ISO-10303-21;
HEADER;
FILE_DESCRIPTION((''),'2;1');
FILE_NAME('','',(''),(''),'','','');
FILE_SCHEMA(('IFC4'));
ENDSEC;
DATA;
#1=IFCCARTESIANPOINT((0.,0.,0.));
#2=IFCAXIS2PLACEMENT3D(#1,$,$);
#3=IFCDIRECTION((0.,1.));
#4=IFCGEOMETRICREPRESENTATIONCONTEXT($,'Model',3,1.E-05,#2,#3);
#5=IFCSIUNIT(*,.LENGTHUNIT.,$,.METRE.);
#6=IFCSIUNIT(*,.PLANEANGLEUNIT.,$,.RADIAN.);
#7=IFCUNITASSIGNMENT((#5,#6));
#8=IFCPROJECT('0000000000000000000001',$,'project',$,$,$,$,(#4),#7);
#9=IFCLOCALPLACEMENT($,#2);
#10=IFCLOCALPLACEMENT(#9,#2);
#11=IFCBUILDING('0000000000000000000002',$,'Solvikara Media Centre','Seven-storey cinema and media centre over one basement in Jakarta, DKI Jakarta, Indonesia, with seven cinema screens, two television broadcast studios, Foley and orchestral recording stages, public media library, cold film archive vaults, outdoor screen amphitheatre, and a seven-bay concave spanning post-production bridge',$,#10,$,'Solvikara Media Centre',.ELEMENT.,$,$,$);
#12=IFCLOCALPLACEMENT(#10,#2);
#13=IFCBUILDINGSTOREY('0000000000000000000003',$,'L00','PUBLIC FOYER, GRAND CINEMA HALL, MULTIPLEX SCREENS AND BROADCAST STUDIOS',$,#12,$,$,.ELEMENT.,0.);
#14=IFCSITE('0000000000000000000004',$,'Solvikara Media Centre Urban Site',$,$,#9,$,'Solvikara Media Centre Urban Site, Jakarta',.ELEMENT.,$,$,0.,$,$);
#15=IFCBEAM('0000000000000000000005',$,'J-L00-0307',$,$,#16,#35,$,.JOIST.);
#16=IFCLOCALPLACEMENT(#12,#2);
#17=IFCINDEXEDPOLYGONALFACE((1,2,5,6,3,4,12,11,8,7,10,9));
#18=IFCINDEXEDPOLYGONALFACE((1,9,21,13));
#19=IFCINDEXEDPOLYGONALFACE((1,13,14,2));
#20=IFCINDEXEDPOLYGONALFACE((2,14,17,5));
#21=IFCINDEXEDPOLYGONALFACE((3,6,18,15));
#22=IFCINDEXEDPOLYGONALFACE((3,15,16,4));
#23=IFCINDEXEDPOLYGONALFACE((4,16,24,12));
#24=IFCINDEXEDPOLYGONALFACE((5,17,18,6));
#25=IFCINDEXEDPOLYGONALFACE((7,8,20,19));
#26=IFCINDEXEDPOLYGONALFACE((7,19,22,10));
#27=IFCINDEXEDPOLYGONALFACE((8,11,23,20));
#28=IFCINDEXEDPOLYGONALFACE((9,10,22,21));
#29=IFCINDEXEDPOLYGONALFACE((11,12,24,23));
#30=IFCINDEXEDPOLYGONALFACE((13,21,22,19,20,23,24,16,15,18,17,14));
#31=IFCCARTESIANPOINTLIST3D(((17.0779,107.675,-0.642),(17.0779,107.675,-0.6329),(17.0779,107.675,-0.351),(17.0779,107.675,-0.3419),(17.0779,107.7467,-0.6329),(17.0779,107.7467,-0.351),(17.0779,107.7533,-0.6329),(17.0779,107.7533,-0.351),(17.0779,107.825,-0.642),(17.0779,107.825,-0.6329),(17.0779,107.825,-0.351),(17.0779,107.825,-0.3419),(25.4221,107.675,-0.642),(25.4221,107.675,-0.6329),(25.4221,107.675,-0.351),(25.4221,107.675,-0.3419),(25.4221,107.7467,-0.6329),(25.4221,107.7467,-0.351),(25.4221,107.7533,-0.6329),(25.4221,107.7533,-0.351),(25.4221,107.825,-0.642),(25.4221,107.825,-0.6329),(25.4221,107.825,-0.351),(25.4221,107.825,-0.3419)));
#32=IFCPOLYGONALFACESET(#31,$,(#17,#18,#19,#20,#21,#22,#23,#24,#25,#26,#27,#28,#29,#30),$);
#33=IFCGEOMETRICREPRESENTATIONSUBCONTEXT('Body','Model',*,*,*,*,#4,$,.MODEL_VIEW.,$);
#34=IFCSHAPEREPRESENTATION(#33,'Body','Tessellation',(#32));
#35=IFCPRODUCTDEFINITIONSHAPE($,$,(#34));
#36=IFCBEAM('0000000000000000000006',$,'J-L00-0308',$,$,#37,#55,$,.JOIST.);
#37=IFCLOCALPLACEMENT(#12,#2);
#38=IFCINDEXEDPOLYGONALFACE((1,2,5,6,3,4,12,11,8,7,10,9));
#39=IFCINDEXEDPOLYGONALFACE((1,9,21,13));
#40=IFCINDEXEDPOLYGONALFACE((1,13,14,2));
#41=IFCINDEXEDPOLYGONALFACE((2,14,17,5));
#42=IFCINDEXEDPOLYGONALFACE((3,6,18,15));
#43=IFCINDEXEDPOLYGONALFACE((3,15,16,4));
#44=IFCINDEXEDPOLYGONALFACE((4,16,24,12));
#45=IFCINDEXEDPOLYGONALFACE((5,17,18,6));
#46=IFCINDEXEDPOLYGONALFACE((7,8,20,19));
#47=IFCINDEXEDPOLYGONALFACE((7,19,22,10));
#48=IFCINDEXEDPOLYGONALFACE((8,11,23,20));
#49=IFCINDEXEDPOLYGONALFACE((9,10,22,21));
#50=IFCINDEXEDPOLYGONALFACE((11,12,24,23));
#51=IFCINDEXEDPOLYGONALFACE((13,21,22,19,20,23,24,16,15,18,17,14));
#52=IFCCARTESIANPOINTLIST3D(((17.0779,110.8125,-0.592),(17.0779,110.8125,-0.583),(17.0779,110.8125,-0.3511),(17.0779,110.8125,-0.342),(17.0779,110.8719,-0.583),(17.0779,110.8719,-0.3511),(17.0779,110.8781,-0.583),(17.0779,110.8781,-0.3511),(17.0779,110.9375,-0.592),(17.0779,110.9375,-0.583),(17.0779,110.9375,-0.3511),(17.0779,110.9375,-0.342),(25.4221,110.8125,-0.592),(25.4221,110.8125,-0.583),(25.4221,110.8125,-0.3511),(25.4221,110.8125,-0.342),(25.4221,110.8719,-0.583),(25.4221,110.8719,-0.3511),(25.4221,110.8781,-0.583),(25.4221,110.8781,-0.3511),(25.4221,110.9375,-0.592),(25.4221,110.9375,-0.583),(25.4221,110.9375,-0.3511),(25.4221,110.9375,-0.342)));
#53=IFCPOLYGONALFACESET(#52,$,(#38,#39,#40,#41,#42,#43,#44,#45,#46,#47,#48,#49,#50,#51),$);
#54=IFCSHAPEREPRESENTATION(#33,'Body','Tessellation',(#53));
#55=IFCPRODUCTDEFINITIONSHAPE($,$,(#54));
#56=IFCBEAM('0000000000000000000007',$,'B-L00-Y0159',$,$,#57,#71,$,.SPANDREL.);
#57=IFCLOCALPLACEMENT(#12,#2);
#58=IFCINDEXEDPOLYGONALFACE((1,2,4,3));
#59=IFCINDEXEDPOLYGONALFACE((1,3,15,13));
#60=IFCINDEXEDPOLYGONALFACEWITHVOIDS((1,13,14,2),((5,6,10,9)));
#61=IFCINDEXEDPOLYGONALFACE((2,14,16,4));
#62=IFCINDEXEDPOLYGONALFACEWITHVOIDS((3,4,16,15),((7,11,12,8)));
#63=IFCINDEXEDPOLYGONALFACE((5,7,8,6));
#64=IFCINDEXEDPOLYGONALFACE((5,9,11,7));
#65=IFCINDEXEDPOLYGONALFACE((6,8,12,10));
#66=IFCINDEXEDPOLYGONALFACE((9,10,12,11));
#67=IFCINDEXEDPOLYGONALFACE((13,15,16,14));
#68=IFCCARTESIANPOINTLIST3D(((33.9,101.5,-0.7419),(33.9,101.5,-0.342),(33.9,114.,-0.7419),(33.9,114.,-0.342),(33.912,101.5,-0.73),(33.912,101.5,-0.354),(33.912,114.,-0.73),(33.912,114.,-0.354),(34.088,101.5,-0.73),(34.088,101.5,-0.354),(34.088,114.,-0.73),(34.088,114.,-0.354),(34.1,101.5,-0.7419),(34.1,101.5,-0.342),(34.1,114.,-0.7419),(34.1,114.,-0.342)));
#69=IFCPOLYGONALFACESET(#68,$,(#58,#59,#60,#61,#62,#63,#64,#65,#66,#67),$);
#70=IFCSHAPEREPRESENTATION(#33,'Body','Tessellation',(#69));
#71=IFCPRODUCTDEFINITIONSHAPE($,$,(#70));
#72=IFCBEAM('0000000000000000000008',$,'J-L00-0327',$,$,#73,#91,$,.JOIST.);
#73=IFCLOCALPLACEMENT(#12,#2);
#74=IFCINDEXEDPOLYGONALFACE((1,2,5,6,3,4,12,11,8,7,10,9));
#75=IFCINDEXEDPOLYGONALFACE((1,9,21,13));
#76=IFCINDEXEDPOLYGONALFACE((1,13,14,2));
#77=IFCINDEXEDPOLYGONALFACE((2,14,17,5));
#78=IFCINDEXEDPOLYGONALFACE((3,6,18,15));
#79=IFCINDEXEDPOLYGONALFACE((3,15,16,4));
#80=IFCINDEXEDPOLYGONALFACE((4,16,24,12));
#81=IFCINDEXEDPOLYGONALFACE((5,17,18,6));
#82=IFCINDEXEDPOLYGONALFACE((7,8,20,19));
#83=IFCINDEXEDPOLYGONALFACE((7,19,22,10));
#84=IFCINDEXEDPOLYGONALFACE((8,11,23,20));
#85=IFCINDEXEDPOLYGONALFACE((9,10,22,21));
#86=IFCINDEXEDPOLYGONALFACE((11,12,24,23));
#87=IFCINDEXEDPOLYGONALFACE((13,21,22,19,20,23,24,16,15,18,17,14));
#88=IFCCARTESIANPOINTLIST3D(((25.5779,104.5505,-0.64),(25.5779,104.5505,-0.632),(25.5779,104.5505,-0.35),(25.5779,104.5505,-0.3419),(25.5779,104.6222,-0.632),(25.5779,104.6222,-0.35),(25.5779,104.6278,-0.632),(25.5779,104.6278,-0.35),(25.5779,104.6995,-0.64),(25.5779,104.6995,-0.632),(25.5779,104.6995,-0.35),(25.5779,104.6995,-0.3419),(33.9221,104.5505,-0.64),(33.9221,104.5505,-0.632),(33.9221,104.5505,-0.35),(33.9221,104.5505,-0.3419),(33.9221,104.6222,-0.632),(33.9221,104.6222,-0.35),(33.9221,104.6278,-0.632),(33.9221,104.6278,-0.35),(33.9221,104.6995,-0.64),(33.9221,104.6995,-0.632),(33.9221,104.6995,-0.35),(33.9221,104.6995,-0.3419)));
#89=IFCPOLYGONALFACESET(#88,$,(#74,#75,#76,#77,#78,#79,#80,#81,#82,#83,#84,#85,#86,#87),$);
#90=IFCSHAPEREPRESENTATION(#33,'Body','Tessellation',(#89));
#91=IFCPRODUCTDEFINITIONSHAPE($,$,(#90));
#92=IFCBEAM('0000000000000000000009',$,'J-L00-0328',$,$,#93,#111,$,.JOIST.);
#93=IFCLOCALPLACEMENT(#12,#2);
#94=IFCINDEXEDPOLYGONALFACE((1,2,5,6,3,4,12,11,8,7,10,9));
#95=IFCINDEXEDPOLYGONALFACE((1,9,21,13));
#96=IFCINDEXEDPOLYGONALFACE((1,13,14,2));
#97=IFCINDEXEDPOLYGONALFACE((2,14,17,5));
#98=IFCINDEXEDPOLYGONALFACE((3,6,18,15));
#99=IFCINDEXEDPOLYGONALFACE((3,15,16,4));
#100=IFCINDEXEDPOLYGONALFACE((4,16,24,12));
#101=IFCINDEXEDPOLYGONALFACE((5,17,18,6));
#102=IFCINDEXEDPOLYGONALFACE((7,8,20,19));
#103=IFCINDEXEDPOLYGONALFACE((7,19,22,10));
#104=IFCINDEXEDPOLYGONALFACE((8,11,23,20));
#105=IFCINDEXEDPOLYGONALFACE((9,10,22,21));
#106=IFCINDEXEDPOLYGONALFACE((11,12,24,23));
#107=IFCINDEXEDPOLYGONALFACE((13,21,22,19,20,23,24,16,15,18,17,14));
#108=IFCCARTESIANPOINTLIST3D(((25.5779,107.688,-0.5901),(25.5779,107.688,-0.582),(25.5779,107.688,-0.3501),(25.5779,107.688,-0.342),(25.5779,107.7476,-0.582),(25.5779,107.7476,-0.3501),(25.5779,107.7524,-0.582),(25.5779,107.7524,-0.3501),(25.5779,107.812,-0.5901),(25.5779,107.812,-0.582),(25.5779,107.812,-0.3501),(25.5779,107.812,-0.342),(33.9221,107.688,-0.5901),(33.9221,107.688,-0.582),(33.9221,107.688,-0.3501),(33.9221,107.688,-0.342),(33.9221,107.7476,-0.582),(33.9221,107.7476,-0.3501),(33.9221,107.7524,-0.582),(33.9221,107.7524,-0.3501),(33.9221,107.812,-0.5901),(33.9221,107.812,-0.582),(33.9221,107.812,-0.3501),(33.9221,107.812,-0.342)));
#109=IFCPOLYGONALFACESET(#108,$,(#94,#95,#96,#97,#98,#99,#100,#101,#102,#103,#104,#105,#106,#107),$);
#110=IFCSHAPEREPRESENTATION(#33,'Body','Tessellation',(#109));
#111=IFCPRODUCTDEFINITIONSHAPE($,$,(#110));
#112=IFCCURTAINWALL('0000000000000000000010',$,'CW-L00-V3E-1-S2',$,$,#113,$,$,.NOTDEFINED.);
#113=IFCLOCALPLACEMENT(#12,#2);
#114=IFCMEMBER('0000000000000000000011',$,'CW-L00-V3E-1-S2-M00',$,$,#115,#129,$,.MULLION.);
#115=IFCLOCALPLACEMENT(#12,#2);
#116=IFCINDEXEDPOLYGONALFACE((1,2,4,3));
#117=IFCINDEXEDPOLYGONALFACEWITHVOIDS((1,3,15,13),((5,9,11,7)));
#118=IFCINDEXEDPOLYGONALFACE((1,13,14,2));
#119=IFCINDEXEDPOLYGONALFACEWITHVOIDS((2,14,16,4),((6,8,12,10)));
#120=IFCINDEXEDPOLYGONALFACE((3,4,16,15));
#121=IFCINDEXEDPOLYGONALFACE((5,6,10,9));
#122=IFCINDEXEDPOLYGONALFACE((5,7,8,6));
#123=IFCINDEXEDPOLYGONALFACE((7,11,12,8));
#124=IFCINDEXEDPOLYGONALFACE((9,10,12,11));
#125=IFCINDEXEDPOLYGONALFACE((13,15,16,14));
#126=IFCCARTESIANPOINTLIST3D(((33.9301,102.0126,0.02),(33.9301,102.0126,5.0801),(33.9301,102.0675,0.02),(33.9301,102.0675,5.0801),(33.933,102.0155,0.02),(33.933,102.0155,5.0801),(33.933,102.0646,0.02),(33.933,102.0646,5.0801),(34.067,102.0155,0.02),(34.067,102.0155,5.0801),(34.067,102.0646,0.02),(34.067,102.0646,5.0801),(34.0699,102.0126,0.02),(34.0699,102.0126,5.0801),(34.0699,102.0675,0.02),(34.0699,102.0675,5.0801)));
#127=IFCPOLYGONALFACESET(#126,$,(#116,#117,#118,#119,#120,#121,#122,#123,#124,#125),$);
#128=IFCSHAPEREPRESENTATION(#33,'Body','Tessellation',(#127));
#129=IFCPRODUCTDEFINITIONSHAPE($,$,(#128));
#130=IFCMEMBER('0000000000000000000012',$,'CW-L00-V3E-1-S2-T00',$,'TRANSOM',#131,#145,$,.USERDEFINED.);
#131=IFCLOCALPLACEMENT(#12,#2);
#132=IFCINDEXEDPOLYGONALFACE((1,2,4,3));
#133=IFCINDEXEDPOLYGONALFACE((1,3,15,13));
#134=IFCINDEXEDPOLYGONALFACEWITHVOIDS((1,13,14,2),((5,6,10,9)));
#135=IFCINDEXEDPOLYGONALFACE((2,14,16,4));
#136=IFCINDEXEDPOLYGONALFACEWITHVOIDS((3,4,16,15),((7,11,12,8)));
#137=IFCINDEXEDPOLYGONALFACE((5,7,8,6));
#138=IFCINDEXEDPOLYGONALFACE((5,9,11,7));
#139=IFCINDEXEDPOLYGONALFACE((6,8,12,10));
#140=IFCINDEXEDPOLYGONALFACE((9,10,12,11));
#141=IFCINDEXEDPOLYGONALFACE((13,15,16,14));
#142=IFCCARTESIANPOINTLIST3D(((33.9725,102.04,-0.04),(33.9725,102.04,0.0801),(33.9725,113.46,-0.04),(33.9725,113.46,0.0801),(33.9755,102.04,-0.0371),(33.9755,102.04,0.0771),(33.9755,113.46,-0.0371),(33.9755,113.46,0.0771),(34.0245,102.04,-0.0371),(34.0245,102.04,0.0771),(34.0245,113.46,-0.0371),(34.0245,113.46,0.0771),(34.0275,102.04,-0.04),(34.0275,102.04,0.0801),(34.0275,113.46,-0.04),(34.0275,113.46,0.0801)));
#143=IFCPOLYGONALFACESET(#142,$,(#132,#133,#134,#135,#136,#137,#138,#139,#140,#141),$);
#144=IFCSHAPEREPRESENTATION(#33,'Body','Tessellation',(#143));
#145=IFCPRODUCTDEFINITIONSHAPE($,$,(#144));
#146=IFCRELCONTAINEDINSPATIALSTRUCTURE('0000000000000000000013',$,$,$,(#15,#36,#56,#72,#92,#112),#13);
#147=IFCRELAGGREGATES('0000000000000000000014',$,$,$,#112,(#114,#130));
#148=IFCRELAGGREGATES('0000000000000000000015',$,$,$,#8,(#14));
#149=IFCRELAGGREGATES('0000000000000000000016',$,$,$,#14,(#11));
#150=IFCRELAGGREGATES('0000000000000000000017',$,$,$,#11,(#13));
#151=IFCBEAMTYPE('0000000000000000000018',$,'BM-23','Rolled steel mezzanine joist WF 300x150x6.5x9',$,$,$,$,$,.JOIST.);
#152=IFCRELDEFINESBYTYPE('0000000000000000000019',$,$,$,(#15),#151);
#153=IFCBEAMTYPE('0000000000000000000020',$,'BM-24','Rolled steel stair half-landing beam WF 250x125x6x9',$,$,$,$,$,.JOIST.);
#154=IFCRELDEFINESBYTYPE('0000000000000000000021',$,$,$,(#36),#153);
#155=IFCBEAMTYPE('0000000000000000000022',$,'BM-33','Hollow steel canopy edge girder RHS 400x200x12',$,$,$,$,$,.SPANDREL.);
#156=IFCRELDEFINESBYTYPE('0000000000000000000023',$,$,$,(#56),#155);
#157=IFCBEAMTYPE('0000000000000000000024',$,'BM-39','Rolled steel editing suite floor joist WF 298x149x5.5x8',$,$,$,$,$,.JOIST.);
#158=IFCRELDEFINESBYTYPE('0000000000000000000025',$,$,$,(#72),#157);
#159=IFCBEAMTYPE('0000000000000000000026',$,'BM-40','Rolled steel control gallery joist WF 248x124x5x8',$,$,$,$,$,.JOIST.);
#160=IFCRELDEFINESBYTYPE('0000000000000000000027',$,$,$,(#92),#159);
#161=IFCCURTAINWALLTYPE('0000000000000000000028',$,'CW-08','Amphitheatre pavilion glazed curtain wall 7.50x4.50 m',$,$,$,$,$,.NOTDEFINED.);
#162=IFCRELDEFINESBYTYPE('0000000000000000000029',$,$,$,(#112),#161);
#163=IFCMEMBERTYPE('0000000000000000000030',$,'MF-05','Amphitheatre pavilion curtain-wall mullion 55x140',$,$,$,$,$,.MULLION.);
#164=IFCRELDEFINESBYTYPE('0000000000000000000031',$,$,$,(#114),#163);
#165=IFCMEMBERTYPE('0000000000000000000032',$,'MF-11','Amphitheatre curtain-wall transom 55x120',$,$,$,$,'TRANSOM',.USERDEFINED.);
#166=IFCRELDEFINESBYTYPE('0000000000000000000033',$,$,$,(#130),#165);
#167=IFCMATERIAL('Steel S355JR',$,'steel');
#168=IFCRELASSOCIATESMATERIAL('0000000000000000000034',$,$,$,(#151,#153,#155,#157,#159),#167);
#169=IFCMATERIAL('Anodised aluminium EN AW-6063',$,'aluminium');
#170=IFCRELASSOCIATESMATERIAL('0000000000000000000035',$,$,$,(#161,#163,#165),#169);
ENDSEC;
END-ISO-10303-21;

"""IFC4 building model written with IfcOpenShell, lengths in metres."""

from ifc_helpers import new_model, si_unit, direction, frame, origin, origin_2d, place, context, subcontext, project, spatial, hollow_rectangle, i_section, extrude, material, material_profile, profile_set, type_object, element, aggregate, save


model = new_model("IFC4")

# Units and contexts
model_context = context("Model", 3, precision=1e-05, world=origin(), true_north=direction((0.0, 1.0)))
body_context = subcontext(model_context, "Body", "Model", "MODEL_VIEW")
ifc_project = project(units=[si_unit("LENGTHUNIT", "METRE"), si_unit("PLANEANGLEUNIT", "RADIAN")], contexts=[model_context])

# Site, building, storey
site_placement = place(None, origin())
site = spatial("IfcSite", under=ifc_project, at=site_placement, Name="Solvikara Media Centre Urban Site", LongName="Solvikara Media Centre Urban Site, Jakarta", CompositionType="ELEMENT", RefElevation=0.0)
building_placement = place(site_placement, origin())
building = spatial("IfcBuilding", under=site, at=building_placement, Name="Solvikara Media Centre", Description="Seven-storey cinema and media centre over one basement in Jakarta, DKI Jakarta, Indonesia, with seven cinema screens, two television broadcast studios, Foley and orchestral recording stages, public media library, cold film archive vaults, outdoor screen amphitheatre, and a seven-bay concave spanning post-production bridge", LongName="Solvikara Media Centre", CompositionType="ELEMENT")
storey_placement = place(building_placement, origin())
storey = spatial("IfcBuildingStorey", under=building, at=storey_placement, Name="L00", Description="PUBLIC FOYER, GRAND CINEMA HALL, MULTIPLEX SCREENS AND BROADCAST STUDIOS", CompositionType="ELEMENT", Elevation=0.0)

# Beams
ifc_material_1 = material(Name="Steel S355JR", Category="steel")
ifc_material_profile_1 = material_profile(ifc_material_1, i_section(OverallWidth=0.1499, OverallDepth=0.3, WebThickness=0.0066, FlangeThickness=0.009, at=origin_2d()), Name="WF 300x150x6.5x9")
ifc_profile_set_1 = profile_set([ifc_material_profile_1], Name="Steel S355JR")
beam_type_1 = type_object("IfcBeamType", Name="BM-23", Description="Rolled steel mezzanine joist WF 300x150x6.5x9", PredefinedType="JOIST", material=ifc_profile_set_1)
beam_1_placement = place(storey_placement, frame((17.0779, 107.75, -0.4919), z_axis=(1.0, 0.0, 0.0), x_axis=(0.0, 1.0, 0.0)))
element("IfcBeam", 1, at=beam_1_placement, inside=storey, type_object=beam_type_1, Name="J-L00-0307", PredefinedType="JOIST", context=body_context, shape_type="SweptSolid", body=[
    extrude(i_section(OverallWidth=0.1499, OverallDepth=0.3, WebThickness=0.0066, FlangeThickness=0.009, at=origin_2d()), origin(), (0.0, 0.0, 1.0), 8.3442),
])
ifc_material_profile_2 = material_profile(ifc_material_1, i_section(OverallWidth=0.125, OverallDepth=0.25, WebThickness=0.0061, FlangeThickness=0.009, at=origin_2d()), Name="WF 250x125x6x9")
ifc_profile_set_2 = profile_set([ifc_material_profile_2], Name="Steel S355JR")
beam_type_2 = type_object("IfcBeamType", Name="BM-24", Description="Rolled steel stair half-landing beam WF 250x125x6x9", PredefinedType="JOIST", material=ifc_profile_set_2)
beam_2_placement = place(storey_placement, frame((17.0779, 110.875, -0.467), z_axis=(1.0, 0.0, 0.0), x_axis=(0.0, 1.0, 0.0)))
element("IfcBeam", 2, at=beam_2_placement, inside=storey, type_object=beam_type_2, Name="J-L00-0308", PredefinedType="JOIST", context=body_context, shape_type="SweptSolid", body=[
    extrude(i_section(OverallWidth=0.125, OverallDepth=0.25, WebThickness=0.0061, FlangeThickness=0.009, at=origin_2d()), origin(), (0.0, 0.0, 1.0), 8.3442),
])
ifc_material_profile_3 = material_profile(ifc_material_1, hollow_rectangle(XDim=0.2, YDim=0.3999, WallThickness=0.012, at=origin_2d()), Name="RHS 400x200x12")
ifc_profile_set_3 = profile_set([ifc_material_profile_3], Name="Steel S355JR")
beam_type_3 = type_object("IfcBeamType", Name="BM-33", Description="Hollow steel canopy edge girder RHS 400x200x12", PredefinedType="SPANDREL", material=ifc_profile_set_3)
beam_3_placement = place(storey_placement, frame((34.0, 101.5, -0.542), z_axis=(0.0, 1.0, 0.0), x_axis=(-1.0, 0.0, 0.0)))
element("IfcBeam", 3, at=beam_3_placement, inside=storey, type_object=beam_type_3, Name="B-L00-Y0159", PredefinedType="SPANDREL", context=body_context, shape_type="SweptSolid", body=[
    extrude(hollow_rectangle(XDim=0.2, YDim=0.3999, WallThickness=0.012, at=origin_2d()), origin(), (0.0, 0.0, 1.0), 12.5),
])
ifc_material_profile_4 = material_profile(ifc_material_1, i_section(OverallWidth=0.1489, OverallDepth=0.2981, WebThickness=0.0056, FlangeThickness=0.0081, at=origin_2d()), Name="WF 298x149x5.5x8")
ifc_profile_set_4 = profile_set([ifc_material_profile_4], Name="Steel S355JR")
beam_type_4 = type_object("IfcBeamType", Name="BM-39", Description="Rolled steel editing suite floor joist WF 298x149x5.5x8", PredefinedType="JOIST", material=ifc_profile_set_4)
beam_4_placement = place(storey_placement, frame((25.5779, 104.625, -0.491), z_axis=(1.0, 0.0, 0.0), x_axis=(0.0, 1.0, 0.0)))
element("IfcBeam", 4, at=beam_4_placement, inside=storey, type_object=beam_type_4, Name="J-L00-0327", PredefinedType="JOIST", context=body_context, shape_type="SweptSolid", body=[
    extrude(i_section(OverallWidth=0.1489, OverallDepth=0.2981, WebThickness=0.0056, FlangeThickness=0.0081, at=origin_2d()), origin(), (0.0, 0.0, 1.0), 8.3442),
])
ifc_material_profile_5 = material_profile(ifc_material_1, i_section(OverallWidth=0.124, OverallDepth=0.248, WebThickness=0.0049, FlangeThickness=0.0081, at=origin_2d()), Name="WF 248x124x5x8")
ifc_profile_set_5 = profile_set([ifc_material_profile_5], Name="Steel S355JR")
beam_type_5 = type_object("IfcBeamType", Name="BM-40", Description="Rolled steel control gallery joist WF 248x124x5x8", PredefinedType="JOIST", material=ifc_profile_set_5)
beam_5_placement = place(storey_placement, frame((25.5779, 107.75, -0.4661), z_axis=(1.0, 0.0, 0.0), x_axis=(0.0, 1.0, 0.0)))
element("IfcBeam", 5, at=beam_5_placement, inside=storey, type_object=beam_type_5, Name="J-L00-0328", PredefinedType="JOIST", context=body_context, shape_type="SweptSolid", body=[
    extrude(i_section(OverallWidth=0.124, OverallDepth=0.248, WebThickness=0.0049, FlangeThickness=0.0081, at=origin_2d()), origin(), (0.0, 0.0, 1.0), 8.3442),
])

# Curtain wall, members
ifc_material_2 = material(Name="Anodised aluminium EN AW-6063", Category="aluminium")
curtain_wall_type = type_object("IfcCurtainWallType", Name="CW-08", Description="Amphitheatre pavilion glazed curtain wall 7.50x4.50 m", PredefinedType="NOTDEFINED", material=ifc_material_2)
curtain_wall_placement = place(storey_placement, origin())
curtain_wall = element("IfcCurtainWall", 6, at=curtain_wall_placement, inside=storey, type_object=curtain_wall_type, Name="CW-L00-V3E-1-S2", PredefinedType="NOTDEFINED")
ifc_material_profile_6 = material_profile(ifc_material_2, hollow_rectangle(XDim=0.0549, YDim=0.1399, WallThickness=0.0029, at=origin_2d()), Name="ALU-M 55x140x3")
ifc_profile_set_6 = profile_set([ifc_material_profile_6], Name="Anodised aluminium EN AW-6063")
member_type_1 = type_object("IfcMemberType", Name="MF-05", Description="Amphitheatre pavilion curtain-wall mullion 55x140", PredefinedType="MULLION", material=ifc_profile_set_6)
member_1_placement = place(storey_placement, frame((34.0, 102.04, 0.02), z_axis=(0.0, 0.0, 1.0), x_axis=(0.0, 1.0, 0.0)))
member_1 = element("IfcMember", 7, at=member_1_placement, type_object=member_type_1, Name="CW-L00-V3E-1-S2-M00", PredefinedType="MULLION", context=body_context, shape_type="SweptSolid", body=[
    extrude(hollow_rectangle(XDim=0.0549, YDim=0.1399, WallThickness=0.0029, at=origin_2d()), origin(), (0.0, 0.0, 1.0), 5.0601),
])
ifc_material_profile_7 = material_profile(ifc_material_2, hollow_rectangle(XDim=0.0549, YDim=0.1201, WallThickness=0.0029, at=origin_2d()), Name="ALU-T 55x120x3")
ifc_profile_set_7 = profile_set([ifc_material_profile_7], Name="Anodised aluminium EN AW-6063")
member_type_2 = type_object("IfcMemberType", Name="MF-11", Description="Amphitheatre curtain-wall transom 55x120", ElementType="TRANSOM", PredefinedType="USERDEFINED", material=ifc_profile_set_7)
member_2_placement = place(storey_placement, frame((34.0, 102.04, 0.02), z_axis=(0.0, 1.0, 0.0), x_axis=(-1.0, 0.0, 0.0)))
member_2 = element("IfcMember", 8, at=member_2_placement, type_object=member_type_2, Name="CW-L00-V3E-1-S2-T00", ObjectType="TRANSOM", PredefinedType="USERDEFINED", context=body_context, shape_type="SweptSolid", body=[
    extrude(hollow_rectangle(XDim=0.0549, YDim=0.1201, WallThickness=0.0029, at=origin_2d()), origin(), (0.0, 0.0, 1.0), 11.4199),
])
aggregate(curtain_wall, [member_1, member_2])

save(model, "model.ifc")
